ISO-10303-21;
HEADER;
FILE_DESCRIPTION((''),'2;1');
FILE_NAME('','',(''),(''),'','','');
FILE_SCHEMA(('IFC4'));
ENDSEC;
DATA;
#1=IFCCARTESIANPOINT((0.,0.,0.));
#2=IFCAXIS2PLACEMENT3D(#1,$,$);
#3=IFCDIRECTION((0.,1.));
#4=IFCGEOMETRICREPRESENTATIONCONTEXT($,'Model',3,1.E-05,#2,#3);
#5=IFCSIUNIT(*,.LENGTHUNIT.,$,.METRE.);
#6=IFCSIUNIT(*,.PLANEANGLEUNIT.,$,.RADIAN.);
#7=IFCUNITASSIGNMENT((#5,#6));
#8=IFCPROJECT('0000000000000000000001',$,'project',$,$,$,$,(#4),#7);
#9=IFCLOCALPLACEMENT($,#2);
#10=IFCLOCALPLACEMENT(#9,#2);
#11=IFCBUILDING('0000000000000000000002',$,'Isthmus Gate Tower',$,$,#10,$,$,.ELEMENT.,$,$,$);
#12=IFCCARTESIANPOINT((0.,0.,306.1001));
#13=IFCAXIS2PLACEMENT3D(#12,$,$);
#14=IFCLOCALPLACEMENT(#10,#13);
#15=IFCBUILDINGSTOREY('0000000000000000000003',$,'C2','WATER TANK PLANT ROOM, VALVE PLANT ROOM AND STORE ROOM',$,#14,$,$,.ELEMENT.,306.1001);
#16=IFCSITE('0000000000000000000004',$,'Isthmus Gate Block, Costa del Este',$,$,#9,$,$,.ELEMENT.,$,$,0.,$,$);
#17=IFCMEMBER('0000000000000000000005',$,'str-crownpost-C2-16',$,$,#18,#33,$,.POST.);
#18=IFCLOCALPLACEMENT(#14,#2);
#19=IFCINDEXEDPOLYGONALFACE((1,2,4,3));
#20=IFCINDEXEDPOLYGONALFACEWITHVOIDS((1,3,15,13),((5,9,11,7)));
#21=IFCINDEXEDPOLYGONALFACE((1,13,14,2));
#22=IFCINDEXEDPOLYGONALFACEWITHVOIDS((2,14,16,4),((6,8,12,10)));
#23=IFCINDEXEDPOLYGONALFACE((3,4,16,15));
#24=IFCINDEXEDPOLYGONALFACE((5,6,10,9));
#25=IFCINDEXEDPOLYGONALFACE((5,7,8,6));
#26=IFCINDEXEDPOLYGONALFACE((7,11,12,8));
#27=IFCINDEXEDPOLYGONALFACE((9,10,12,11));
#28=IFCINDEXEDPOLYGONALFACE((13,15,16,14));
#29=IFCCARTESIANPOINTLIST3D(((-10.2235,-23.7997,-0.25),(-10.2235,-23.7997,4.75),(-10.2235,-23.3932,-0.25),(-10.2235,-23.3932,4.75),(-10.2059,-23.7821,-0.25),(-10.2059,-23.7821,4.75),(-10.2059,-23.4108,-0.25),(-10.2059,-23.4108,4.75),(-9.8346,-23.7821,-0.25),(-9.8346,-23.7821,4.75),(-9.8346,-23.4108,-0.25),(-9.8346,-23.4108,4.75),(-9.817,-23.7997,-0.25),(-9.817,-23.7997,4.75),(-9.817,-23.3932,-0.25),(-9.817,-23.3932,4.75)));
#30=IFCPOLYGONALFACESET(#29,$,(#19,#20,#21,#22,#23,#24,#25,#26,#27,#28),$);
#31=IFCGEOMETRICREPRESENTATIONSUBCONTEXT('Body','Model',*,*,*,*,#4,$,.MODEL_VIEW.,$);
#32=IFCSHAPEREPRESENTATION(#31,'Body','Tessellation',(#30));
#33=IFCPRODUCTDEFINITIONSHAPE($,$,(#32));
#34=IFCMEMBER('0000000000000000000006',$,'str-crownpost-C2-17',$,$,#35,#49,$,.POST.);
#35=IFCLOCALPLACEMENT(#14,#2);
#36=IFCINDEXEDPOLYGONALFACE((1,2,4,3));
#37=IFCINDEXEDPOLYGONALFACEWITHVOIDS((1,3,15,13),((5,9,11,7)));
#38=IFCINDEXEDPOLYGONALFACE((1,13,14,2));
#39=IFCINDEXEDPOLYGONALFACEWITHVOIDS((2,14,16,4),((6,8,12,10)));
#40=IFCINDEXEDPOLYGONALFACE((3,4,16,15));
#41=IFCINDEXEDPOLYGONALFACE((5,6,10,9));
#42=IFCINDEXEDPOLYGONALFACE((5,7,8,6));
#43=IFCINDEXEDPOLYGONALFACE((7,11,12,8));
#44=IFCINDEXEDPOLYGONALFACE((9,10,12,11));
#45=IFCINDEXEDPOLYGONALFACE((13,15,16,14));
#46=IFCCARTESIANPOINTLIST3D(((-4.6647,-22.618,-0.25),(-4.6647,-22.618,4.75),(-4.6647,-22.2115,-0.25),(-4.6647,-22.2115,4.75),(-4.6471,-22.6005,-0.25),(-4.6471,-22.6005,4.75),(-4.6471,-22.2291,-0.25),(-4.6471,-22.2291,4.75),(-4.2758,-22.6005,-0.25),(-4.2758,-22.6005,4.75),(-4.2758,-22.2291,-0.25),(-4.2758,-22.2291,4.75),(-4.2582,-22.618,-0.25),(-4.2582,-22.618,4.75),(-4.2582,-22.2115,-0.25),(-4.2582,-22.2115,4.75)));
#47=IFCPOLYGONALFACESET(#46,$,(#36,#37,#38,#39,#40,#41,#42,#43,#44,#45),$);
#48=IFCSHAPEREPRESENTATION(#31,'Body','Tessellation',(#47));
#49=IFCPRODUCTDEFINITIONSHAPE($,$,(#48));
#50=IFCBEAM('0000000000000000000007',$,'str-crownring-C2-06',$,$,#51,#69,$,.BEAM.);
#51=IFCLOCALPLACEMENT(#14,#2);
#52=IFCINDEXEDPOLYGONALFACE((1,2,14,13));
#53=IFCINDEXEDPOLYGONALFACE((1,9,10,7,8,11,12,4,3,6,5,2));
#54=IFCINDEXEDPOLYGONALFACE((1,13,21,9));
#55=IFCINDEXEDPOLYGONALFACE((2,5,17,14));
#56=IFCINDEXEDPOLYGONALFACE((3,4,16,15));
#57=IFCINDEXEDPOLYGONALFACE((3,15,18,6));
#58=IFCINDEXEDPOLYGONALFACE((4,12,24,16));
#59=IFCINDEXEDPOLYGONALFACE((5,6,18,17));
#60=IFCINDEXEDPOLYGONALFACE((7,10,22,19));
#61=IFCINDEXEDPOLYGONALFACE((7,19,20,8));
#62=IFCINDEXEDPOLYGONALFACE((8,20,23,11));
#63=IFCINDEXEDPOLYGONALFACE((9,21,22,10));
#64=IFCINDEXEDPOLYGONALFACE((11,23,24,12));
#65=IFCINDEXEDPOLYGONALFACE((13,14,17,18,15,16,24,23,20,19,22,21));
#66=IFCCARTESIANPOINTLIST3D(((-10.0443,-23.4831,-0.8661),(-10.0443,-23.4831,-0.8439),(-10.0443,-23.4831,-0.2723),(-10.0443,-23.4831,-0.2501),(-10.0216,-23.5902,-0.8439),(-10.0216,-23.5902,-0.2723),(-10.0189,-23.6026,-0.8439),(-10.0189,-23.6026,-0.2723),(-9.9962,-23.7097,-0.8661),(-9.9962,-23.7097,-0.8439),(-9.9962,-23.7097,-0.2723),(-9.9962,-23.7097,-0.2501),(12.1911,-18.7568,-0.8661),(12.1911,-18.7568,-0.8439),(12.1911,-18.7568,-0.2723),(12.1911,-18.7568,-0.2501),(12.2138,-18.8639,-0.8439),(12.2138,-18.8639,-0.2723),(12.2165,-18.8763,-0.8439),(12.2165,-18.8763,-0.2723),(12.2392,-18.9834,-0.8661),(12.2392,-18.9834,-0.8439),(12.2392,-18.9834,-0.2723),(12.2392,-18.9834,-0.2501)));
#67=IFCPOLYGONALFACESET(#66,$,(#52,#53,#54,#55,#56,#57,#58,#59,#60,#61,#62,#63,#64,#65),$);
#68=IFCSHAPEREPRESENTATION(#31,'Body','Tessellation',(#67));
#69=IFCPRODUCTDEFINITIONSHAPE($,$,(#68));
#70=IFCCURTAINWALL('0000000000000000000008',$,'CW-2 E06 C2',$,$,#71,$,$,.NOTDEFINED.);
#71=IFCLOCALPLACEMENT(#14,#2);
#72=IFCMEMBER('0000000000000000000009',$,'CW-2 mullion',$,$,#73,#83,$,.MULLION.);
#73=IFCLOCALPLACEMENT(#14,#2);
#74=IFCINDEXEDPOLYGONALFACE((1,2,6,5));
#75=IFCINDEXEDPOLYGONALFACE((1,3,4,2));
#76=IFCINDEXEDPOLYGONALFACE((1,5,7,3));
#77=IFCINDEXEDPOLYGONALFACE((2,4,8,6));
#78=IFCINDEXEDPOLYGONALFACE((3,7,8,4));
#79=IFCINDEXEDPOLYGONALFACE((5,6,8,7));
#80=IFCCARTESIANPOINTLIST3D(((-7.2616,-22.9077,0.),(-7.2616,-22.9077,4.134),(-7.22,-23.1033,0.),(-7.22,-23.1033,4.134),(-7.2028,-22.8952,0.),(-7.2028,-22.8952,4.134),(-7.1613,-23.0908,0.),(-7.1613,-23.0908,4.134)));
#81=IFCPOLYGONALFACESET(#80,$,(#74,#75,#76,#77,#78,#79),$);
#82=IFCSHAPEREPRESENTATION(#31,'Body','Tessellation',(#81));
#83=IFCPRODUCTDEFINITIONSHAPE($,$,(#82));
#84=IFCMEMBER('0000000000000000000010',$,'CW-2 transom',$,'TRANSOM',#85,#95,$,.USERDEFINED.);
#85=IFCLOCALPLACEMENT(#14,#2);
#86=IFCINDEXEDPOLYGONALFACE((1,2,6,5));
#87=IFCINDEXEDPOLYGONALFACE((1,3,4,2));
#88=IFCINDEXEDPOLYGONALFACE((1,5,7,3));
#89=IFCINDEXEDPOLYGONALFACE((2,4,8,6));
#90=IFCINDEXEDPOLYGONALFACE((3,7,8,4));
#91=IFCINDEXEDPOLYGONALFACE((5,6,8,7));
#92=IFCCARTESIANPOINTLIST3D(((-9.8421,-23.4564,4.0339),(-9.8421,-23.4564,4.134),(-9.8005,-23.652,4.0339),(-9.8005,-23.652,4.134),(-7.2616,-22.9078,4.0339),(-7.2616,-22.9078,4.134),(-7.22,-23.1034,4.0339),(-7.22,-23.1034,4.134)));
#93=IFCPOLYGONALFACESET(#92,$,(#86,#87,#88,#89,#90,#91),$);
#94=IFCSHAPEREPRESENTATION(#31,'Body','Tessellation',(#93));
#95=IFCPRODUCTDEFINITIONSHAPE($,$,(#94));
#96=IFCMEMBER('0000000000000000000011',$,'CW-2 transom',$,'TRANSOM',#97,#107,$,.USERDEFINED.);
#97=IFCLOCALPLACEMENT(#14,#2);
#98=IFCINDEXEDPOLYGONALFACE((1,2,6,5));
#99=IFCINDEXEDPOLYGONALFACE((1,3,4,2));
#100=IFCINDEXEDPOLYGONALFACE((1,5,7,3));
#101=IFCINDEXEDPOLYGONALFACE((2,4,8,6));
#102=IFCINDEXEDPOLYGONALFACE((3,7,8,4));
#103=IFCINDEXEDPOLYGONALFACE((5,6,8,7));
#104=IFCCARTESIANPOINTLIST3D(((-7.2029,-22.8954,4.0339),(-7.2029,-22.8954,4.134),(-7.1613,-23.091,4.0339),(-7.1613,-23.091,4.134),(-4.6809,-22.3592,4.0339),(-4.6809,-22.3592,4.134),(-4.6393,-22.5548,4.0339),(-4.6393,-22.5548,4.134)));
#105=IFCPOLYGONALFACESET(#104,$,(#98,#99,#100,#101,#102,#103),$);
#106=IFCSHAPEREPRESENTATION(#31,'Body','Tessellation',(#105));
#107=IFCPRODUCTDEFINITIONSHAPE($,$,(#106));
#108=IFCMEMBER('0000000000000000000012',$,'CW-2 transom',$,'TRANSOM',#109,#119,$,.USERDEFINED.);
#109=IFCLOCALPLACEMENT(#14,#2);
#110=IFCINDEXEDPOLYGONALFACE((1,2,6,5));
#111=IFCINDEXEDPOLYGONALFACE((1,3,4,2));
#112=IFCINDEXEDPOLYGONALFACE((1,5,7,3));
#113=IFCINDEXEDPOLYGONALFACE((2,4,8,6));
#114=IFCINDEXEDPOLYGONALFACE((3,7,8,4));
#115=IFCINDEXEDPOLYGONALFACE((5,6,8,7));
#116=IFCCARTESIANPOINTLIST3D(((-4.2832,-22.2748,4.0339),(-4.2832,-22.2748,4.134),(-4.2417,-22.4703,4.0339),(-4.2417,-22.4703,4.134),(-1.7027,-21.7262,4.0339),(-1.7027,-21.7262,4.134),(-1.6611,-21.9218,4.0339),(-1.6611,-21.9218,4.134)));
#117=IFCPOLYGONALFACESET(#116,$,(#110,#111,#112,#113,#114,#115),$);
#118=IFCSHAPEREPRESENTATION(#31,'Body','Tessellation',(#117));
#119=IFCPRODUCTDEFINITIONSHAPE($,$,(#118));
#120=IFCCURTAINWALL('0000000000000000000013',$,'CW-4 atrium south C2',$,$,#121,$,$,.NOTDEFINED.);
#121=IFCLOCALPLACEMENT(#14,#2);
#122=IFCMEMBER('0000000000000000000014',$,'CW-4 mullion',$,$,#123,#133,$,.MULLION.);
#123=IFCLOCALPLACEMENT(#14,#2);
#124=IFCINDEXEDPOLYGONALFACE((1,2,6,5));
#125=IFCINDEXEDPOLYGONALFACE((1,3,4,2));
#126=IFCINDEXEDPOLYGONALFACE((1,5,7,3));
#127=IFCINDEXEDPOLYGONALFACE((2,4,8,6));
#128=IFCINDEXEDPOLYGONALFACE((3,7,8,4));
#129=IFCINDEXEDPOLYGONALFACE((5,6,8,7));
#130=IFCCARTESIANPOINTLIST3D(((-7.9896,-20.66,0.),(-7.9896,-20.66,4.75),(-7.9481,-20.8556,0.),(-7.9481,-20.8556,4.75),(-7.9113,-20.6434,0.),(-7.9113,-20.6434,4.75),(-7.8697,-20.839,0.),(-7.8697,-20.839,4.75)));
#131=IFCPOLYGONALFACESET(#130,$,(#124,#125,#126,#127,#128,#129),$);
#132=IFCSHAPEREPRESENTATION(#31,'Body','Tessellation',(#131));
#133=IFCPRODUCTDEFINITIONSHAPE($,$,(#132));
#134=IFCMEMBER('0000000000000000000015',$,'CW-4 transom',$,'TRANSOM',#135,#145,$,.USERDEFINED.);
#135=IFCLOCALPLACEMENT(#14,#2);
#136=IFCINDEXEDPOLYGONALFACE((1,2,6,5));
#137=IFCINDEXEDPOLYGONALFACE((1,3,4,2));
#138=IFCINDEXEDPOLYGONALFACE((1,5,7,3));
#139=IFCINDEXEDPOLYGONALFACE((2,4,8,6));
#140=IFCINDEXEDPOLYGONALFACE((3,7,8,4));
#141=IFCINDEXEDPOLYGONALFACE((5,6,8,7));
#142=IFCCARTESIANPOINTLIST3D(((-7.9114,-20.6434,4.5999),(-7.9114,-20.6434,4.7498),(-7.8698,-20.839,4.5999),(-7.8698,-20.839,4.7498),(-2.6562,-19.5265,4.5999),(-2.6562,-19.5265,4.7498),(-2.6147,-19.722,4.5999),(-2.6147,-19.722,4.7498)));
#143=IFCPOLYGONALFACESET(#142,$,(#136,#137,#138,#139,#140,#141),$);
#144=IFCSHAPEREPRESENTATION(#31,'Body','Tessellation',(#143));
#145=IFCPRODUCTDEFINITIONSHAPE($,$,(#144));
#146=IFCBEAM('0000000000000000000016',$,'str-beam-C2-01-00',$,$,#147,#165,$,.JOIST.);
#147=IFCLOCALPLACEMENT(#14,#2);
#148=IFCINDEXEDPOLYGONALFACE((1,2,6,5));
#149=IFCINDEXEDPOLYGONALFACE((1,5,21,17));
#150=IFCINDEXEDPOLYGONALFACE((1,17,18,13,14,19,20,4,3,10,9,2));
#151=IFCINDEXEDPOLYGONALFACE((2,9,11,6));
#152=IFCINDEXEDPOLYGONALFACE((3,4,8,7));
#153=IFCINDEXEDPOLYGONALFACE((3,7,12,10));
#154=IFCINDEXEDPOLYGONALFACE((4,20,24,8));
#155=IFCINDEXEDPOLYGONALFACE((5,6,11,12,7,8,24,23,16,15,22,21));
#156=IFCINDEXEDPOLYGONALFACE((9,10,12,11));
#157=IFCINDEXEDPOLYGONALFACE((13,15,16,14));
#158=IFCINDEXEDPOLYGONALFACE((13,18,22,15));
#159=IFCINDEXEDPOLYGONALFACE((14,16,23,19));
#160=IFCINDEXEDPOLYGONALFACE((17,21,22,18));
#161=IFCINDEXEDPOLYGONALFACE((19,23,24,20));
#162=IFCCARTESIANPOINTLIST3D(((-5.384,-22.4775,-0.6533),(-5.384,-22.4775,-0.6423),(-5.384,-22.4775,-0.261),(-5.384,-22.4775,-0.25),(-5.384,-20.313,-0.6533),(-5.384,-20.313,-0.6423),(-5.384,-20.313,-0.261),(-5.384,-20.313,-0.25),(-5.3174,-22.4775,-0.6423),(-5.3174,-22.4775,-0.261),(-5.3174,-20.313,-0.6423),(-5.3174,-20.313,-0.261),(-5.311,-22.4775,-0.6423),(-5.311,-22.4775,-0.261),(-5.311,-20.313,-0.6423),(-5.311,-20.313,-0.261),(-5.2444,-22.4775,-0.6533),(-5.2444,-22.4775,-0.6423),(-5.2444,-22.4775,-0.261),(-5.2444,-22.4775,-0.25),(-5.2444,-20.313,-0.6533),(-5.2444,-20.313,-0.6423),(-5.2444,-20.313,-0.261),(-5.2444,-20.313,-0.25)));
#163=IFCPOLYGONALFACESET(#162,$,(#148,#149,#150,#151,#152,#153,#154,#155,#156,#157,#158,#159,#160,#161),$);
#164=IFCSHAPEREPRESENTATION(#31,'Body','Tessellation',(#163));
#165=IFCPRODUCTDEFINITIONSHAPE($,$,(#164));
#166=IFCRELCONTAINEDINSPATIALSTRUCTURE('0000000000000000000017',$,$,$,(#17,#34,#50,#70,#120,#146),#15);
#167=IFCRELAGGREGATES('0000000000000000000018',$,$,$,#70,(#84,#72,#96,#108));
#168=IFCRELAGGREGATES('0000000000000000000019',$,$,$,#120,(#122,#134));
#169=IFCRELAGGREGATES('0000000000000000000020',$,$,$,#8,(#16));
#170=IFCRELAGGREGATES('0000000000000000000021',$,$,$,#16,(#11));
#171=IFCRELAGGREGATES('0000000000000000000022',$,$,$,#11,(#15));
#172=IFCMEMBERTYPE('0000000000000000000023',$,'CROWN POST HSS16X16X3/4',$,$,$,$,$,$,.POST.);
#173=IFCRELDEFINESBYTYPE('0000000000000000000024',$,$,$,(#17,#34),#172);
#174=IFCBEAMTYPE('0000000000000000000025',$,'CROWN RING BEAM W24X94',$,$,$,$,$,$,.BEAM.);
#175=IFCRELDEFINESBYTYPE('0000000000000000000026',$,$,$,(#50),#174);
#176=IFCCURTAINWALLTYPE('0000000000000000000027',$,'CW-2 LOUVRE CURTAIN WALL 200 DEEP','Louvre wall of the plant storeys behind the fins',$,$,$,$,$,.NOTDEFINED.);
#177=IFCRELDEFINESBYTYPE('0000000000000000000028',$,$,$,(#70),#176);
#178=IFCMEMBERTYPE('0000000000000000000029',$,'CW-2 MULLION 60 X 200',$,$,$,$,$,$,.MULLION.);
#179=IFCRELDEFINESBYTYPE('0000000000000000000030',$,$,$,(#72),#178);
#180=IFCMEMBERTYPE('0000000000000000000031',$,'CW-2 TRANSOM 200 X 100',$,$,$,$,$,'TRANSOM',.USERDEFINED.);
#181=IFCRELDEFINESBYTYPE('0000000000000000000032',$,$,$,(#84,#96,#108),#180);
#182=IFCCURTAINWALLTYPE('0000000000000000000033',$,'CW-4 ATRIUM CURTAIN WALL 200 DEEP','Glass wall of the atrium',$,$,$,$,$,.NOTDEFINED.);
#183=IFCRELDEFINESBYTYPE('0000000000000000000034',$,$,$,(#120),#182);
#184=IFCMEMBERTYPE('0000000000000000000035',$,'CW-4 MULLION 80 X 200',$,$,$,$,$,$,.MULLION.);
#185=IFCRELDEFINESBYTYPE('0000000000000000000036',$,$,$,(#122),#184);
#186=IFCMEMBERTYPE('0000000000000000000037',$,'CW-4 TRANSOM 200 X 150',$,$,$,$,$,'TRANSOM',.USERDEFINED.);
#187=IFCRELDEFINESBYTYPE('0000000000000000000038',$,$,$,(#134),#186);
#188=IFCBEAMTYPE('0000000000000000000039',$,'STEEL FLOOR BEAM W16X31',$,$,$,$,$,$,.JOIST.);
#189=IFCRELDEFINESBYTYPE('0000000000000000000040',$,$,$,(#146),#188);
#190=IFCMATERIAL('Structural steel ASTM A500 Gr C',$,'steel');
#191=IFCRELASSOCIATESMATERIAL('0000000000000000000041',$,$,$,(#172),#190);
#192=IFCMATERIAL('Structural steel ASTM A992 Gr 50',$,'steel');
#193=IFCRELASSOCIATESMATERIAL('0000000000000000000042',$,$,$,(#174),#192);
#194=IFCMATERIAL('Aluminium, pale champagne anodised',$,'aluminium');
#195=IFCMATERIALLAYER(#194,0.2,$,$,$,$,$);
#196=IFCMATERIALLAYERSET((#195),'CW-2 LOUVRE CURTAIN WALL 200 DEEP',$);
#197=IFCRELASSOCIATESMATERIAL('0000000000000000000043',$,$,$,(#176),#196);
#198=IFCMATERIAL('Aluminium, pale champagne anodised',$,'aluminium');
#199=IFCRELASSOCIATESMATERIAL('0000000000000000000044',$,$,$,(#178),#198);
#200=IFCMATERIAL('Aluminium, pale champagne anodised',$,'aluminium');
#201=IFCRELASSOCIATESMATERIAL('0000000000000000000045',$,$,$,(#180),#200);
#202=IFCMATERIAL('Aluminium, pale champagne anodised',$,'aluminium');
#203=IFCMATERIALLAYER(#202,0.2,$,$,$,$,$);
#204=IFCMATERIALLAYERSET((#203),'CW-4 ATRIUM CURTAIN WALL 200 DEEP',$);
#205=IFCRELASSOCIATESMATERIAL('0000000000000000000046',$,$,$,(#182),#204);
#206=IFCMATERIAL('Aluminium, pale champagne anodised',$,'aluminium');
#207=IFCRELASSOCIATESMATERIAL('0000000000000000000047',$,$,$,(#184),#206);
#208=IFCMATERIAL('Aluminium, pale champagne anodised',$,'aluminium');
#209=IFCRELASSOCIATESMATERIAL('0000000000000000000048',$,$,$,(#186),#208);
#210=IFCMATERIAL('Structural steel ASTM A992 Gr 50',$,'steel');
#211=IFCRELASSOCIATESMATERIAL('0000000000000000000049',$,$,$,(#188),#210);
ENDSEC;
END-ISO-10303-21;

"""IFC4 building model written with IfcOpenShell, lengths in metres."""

from ifc_helpers import new_model, si_unit, direction, frame, origin, origin_2d, place, context, subcontext, project, spatial, rectangle, hollow_rectangle, i_section, extrude, material, layer, layer_set, material_profile, profile_set, type_object, element, aggregate, save


model = new_model("IFC4")

# Units and contexts
model_context = context("Model", 3, precision=1e-05, world=origin(), true_north=direction((0.0, 1.0)))
body_context = subcontext(model_context, "Body", "Model", "MODEL_VIEW")
ifc_project = project(units=[si_unit("LENGTHUNIT", "METRE"), si_unit("PLANEANGLEUNIT", "RADIAN")], contexts=[model_context])

# Site, building, storey
site_placement = place(None, origin())
site = spatial("IfcSite", under=ifc_project, at=site_placement, Name="Isthmus Gate Block, Costa del Este", CompositionType="ELEMENT", RefElevation=0.0)
building_placement = place(site_placement, origin())
building = spatial("IfcBuilding", under=site, at=building_placement, Name="Isthmus Gate Tower", CompositionType="ELEMENT")
storey_placement = place(building_placement, frame((0.0, 0.0, 306.1001)))
storey = spatial("IfcBuildingStorey", under=building, at=storey_placement, Name="C2", Description="WATER TANK PLANT ROOM, VALVE PLANT ROOM AND STORE ROOM", CompositionType="ELEMENT", Elevation=306.1001)

# Members
ifc_material_1 = material(Name="Structural steel ASTM A500 Gr C", Category="steel")
ifc_material_profile_1 = material_profile(ifc_material_1, hollow_rectangle(XDim=0.4065, YDim=0.4065, WallThickness=0.0176, at=origin_2d()), Name="HSS16X16X3/4")
ifc_profile_set_1 = profile_set([ifc_material_profile_1], Name="Structural steel ASTM A500 Gr C")
member_type_1 = type_object("IfcMemberType", Name="CROWN POST HSS16X16X3/4", PredefinedType="POST", material=ifc_profile_set_1)
for number, where, z_axis, x_axis, name in (
    (1, (-10.0203, -23.5964, -0.25), (0.0, 0.0, 1.0), (1.0, 0.0, 0.0), "str-crownpost-C2-16"),
    (2, (-4.4614, -22.4148, -0.25), (0.0, 0.0, 1.0), (1.0, 0.0, 0.0), "str-crownpost-C2-17"),
):
    element("IfcMember", number, at=place(storey_placement, frame(where, z_axis=z_axis, x_axis=x_axis)), inside=storey, type_object=member_type_1, Name=name, PredefinedType="POST", context=body_context, shape_type="SweptSolid", body=[
        extrude(hollow_rectangle(XDim=0.4065, YDim=0.4065, WallThickness=0.0176, at=origin_2d()), origin(), (0.0, 0.0, 1.0), 5.0),
    ])

# Beam
ifc_material_2 = material(Name="Structural steel ASTM A992 Gr 50", Category="steel")
ifc_material_profile_2 = material_profile(ifc_material_2, i_section(OverallWidth=0.2317, OverallDepth=0.616, WebThickness=0.0127, FlangeThickness=0.0222, at=origin_2d()), Name="W24X94")
ifc_profile_set_2 = profile_set([ifc_material_profile_2], Name="Structural steel ASTM A992 Gr 50")
beam_type_1 = type_object("IfcBeamType", Name="CROWN RING BEAM W24X94", PredefinedType="BEAM", material=ifc_profile_set_2)
beam_1_placement = place(storey_placement, frame((-10.0203, -23.5964, -0.5581), z_axis=(0.978147, 0.207914, 0.0), x_axis=(-0.207914, 0.978147, 0.0)))
element("IfcBeam", 3, at=beam_1_placement, inside=storey, type_object=beam_type_1, Name="str-crownring-C2-06", PredefinedType="BEAM", context=body_context, shape_type="SweptSolid", body=[
    extrude(i_section(OverallWidth=0.2317, OverallDepth=0.616, WebThickness=0.0127, FlangeThickness=0.0222, at=origin_2d()), origin(), (0.0, 0.0, 1.0), 22.7322),
])

# Curtain walls, members
ifc_material_3 = material(Name="Aluminium, pale champagne anodised", Category="aluminium")
ifc_layer_1 = layer(ifc_material_3, 0.2)
ifc_layer_set_1 = layer_set([ifc_layer_1], Name="CW-2 LOUVRE CURTAIN WALL 200 DEEP")
curtain_wall_type_1 = type_object("IfcCurtainWallType", Name="CW-2 LOUVRE CURTAIN WALL 200 DEEP", Description="Louvre wall of the plant storeys behind the fins", PredefinedType="NOTDEFINED", material=ifc_layer_set_1)
curtain_wall_1_placement = place(storey_placement, origin())
curtain_wall_1 = element("IfcCurtainWall", 4, at=curtain_wall_1_placement, inside=storey, type_object=curtain_wall_type_1, Name="CW-2 E06 C2", PredefinedType="NOTDEFINED")
ifc_material_4 = material(Name="Aluminium, pale champagne anodised", Category="aluminium")
ifc_material_profile_3 = material_profile(ifc_material_4, rectangle(XDim=0.0601, YDim=0.2, at=origin_2d()), Name="60x200")
ifc_profile_set_3 = profile_set([ifc_material_profile_3], Name="Aluminium, pale champagne anodised")
member_type_2 = type_object("IfcMemberType", Name="CW-2 MULLION 60 X 200", PredefinedType="MULLION", material=ifc_profile_set_3)
member_1_placement = place(storey_placement, frame((-7.2114, -22.9993, 0.0), z_axis=(0.0, 0.0, 1.0), x_axis=(0.978148, 0.207912, 0.0)))
member_1 = element("IfcMember", 5, at=member_1_placement, type_object=member_type_2, Name="CW-2 mullion", PredefinedType="MULLION", context=body_context, shape_type="SweptSolid", body=[
    extrude(rectangle(XDim=0.0601, YDim=0.2, at=origin_2d()), origin(), (0.0, 0.0, 1.0), 4.134),
])
ifc_material_5 = material(Name="Aluminium, pale champagne anodised", Category="aluminium")
ifc_material_profile_4 = material_profile(ifc_material_5, rectangle(XDim=0.2, YDim=0.1001, at=origin_2d()), Name="200x100")
ifc_profile_set_4 = profile_set([ifc_material_profile_4], Name="Aluminium, pale champagne anodised")
member_type_3 = type_object("IfcMemberType", Name="CW-2 TRANSOM 200 X 100", ElementType="TRANSOM", PredefinedType="USERDEFINED", material=ifc_profile_set_4)
member_2_placement = place(storey_placement, frame((-9.8213, -23.5542, 4.084), z_axis=(0.978142, 0.207936, 0.0), x_axis=(-0.207936, 0.978142, 0.0)))
member_2 = element("IfcMember", 6, at=member_2_placement, type_object=member_type_3, Name="CW-2 transom", ObjectType="TRANSOM", PredefinedType="USERDEFINED", context=body_context, shape_type="SweptSolid", body=[
    extrude(rectangle(XDim=0.2, YDim=0.1001, at=origin_2d()), origin(), (0.0, 0.0, 1.0), 2.6382),
])
member_3_placement = place(storey_placement, frame((-7.1821, -22.9932, 4.084), z_axis=(0.978142, 0.207938, 0.0), x_axis=(-0.207938, 0.978142, 0.0)))
member_3 = element("IfcMember", 7, at=member_3_placement, type_object=member_type_3, Name="CW-2 transom", ObjectType="TRANSOM", PredefinedType="USERDEFINED", context=body_context, shape_type="SweptSolid", body=[
    extrude(rectangle(XDim=0.2, YDim=0.1001, at=origin_2d()), origin(), (0.0, 0.0, 1.0), 2.5784),
])
member_4_placement = place(storey_placement, frame((-4.2625, -22.3726, 4.084), z_axis=(0.978142, 0.207936, 0.0), x_axis=(-0.207936, 0.978142, 0.0)))
member_4 = element("IfcMember", 8, at=member_4_placement, type_object=member_type_3, Name="CW-2 transom", ObjectType="TRANSOM", PredefinedType="USERDEFINED", context=body_context, shape_type="SweptSolid", body=[
    extrude(rectangle(XDim=0.2, YDim=0.1001, at=origin_2d()), origin(), (0.0, 0.0, 1.0), 2.6382),
])
ifc_material_6 = material(Name="Aluminium, pale champagne anodised", Category="aluminium")
ifc_layer_2 = layer(ifc_material_6, 0.2)
ifc_layer_set_2 = layer_set([ifc_layer_2], Name="CW-4 ATRIUM CURTAIN WALL 200 DEEP")
curtain_wall_type_2 = type_object("IfcCurtainWallType", Name="CW-4 ATRIUM CURTAIN WALL 200 DEEP", Description="Glass wall of the atrium", PredefinedType="NOTDEFINED", material=ifc_layer_set_2)
curtain_wall_2_placement = place(storey_placement, origin())
curtain_wall_2 = element("IfcCurtainWall", 9, at=curtain_wall_2_placement, inside=storey, type_object=curtain_wall_type_2, Name="CW-4 atrium south C2", PredefinedType="NOTDEFINED")
ifc_material_7 = material(Name="Aluminium, pale champagne anodised", Category="aluminium")
ifc_material_profile_5 = material_profile(ifc_material_7, rectangle(XDim=0.0801, YDim=0.2, at=origin_2d()), Name="80x200")
ifc_profile_set_5 = profile_set([ifc_material_profile_5], Name="Aluminium, pale champagne anodised")
member_type_4 = type_object("IfcMemberType", Name="CW-4 MULLION 80 X 200", PredefinedType="MULLION", material=ifc_profile_set_5)
member_5_placement = place(storey_placement, frame((-7.9297, -20.7495, 0.0), z_axis=(0.0, 0.0, 1.0), x_axis=(0.978148, 0.207912, 0.0)))
member_5 = element("IfcMember", 10, at=member_5_placement, type_object=member_type_4, Name="CW-4 mullion", PredefinedType="MULLION", context=body_context, shape_type="SweptSolid", body=[
    extrude(rectangle(XDim=0.0801, YDim=0.2, at=origin_2d()), origin(), (0.0, 0.0, 1.0), 4.75),
])
ifc_material_8 = material(Name="Aluminium, pale champagne anodised", Category="aluminium")
ifc_material_profile_6 = material_profile(ifc_material_8, rectangle(XDim=0.2, YDim=0.1499, at=origin_2d()), Name="200x150")
ifc_profile_set_6 = profile_set([ifc_material_profile_6], Name="Aluminium, pale champagne anodised")
member_type_5 = type_object("IfcMemberType", Name="CW-4 TRANSOM 200 X 150", ElementType="TRANSOM", PredefinedType="USERDEFINED", material=ifc_profile_set_6)
member_6_placement = place(storey_placement, frame((-7.8906, -20.7412, 4.6748), z_axis=(0.97815, 0.2079, 0.0), x_axis=(-0.2079, 0.97815, 0.0)))
member_6 = element("IfcMember", 11, at=member_6_placement, type_object=member_type_5, Name="CW-4 transom", ObjectType="TRANSOM", PredefinedType="USERDEFINED", context=body_context, shape_type="SweptSolid", body=[
    extrude(rectangle(XDim=0.2, YDim=0.1499, at=origin_2d()), origin(), (0.0, 0.0, 1.0), 5.3726),
])

# Beam
ifc_material_9 = material(Name="Structural steel ASTM A992 Gr 50", Category="steel")
ifc_material_profile_7 = material_profile(ifc_material_9, i_section(OverallWidth=0.1396, OverallDepth=0.4033, WebThickness=0.0063, FlangeThickness=0.011, at=origin_2d()), Name="W16X31")
ifc_profile_set_7 = profile_set([ifc_material_profile_7], Name="Structural steel ASTM A992 Gr 50")
beam_type_2 = type_object("IfcBeamType", Name="STEEL FLOOR BEAM W16X31", PredefinedType="JOIST", material=ifc_profile_set_7)
beam_2_placement = place(storey_placement, frame((-5.3142, -22.4775, -0.4517), z_axis=(0.0, 1.0, 0.0), x_axis=(-1.0, 0.0, 0.0)))
element("IfcBeam", 12, at=beam_2_placement, inside=storey, type_object=beam_type_2, Name="str-beam-C2-01-00", PredefinedType="JOIST", context=body_context, shape_type="SweptSolid", body=[
    extrude(i_section(OverallWidth=0.1396, OverallDepth=0.4033, WebThickness=0.0063, FlangeThickness=0.011, at=origin_2d()), origin(), (0.0, 0.0, 1.0), 2.1646),
])

aggregate(curtain_wall_1, [member_2, member_1, member_3, member_4])
aggregate(curtain_wall_2, [member_5, member_6])

save(model, "model.ifc")
